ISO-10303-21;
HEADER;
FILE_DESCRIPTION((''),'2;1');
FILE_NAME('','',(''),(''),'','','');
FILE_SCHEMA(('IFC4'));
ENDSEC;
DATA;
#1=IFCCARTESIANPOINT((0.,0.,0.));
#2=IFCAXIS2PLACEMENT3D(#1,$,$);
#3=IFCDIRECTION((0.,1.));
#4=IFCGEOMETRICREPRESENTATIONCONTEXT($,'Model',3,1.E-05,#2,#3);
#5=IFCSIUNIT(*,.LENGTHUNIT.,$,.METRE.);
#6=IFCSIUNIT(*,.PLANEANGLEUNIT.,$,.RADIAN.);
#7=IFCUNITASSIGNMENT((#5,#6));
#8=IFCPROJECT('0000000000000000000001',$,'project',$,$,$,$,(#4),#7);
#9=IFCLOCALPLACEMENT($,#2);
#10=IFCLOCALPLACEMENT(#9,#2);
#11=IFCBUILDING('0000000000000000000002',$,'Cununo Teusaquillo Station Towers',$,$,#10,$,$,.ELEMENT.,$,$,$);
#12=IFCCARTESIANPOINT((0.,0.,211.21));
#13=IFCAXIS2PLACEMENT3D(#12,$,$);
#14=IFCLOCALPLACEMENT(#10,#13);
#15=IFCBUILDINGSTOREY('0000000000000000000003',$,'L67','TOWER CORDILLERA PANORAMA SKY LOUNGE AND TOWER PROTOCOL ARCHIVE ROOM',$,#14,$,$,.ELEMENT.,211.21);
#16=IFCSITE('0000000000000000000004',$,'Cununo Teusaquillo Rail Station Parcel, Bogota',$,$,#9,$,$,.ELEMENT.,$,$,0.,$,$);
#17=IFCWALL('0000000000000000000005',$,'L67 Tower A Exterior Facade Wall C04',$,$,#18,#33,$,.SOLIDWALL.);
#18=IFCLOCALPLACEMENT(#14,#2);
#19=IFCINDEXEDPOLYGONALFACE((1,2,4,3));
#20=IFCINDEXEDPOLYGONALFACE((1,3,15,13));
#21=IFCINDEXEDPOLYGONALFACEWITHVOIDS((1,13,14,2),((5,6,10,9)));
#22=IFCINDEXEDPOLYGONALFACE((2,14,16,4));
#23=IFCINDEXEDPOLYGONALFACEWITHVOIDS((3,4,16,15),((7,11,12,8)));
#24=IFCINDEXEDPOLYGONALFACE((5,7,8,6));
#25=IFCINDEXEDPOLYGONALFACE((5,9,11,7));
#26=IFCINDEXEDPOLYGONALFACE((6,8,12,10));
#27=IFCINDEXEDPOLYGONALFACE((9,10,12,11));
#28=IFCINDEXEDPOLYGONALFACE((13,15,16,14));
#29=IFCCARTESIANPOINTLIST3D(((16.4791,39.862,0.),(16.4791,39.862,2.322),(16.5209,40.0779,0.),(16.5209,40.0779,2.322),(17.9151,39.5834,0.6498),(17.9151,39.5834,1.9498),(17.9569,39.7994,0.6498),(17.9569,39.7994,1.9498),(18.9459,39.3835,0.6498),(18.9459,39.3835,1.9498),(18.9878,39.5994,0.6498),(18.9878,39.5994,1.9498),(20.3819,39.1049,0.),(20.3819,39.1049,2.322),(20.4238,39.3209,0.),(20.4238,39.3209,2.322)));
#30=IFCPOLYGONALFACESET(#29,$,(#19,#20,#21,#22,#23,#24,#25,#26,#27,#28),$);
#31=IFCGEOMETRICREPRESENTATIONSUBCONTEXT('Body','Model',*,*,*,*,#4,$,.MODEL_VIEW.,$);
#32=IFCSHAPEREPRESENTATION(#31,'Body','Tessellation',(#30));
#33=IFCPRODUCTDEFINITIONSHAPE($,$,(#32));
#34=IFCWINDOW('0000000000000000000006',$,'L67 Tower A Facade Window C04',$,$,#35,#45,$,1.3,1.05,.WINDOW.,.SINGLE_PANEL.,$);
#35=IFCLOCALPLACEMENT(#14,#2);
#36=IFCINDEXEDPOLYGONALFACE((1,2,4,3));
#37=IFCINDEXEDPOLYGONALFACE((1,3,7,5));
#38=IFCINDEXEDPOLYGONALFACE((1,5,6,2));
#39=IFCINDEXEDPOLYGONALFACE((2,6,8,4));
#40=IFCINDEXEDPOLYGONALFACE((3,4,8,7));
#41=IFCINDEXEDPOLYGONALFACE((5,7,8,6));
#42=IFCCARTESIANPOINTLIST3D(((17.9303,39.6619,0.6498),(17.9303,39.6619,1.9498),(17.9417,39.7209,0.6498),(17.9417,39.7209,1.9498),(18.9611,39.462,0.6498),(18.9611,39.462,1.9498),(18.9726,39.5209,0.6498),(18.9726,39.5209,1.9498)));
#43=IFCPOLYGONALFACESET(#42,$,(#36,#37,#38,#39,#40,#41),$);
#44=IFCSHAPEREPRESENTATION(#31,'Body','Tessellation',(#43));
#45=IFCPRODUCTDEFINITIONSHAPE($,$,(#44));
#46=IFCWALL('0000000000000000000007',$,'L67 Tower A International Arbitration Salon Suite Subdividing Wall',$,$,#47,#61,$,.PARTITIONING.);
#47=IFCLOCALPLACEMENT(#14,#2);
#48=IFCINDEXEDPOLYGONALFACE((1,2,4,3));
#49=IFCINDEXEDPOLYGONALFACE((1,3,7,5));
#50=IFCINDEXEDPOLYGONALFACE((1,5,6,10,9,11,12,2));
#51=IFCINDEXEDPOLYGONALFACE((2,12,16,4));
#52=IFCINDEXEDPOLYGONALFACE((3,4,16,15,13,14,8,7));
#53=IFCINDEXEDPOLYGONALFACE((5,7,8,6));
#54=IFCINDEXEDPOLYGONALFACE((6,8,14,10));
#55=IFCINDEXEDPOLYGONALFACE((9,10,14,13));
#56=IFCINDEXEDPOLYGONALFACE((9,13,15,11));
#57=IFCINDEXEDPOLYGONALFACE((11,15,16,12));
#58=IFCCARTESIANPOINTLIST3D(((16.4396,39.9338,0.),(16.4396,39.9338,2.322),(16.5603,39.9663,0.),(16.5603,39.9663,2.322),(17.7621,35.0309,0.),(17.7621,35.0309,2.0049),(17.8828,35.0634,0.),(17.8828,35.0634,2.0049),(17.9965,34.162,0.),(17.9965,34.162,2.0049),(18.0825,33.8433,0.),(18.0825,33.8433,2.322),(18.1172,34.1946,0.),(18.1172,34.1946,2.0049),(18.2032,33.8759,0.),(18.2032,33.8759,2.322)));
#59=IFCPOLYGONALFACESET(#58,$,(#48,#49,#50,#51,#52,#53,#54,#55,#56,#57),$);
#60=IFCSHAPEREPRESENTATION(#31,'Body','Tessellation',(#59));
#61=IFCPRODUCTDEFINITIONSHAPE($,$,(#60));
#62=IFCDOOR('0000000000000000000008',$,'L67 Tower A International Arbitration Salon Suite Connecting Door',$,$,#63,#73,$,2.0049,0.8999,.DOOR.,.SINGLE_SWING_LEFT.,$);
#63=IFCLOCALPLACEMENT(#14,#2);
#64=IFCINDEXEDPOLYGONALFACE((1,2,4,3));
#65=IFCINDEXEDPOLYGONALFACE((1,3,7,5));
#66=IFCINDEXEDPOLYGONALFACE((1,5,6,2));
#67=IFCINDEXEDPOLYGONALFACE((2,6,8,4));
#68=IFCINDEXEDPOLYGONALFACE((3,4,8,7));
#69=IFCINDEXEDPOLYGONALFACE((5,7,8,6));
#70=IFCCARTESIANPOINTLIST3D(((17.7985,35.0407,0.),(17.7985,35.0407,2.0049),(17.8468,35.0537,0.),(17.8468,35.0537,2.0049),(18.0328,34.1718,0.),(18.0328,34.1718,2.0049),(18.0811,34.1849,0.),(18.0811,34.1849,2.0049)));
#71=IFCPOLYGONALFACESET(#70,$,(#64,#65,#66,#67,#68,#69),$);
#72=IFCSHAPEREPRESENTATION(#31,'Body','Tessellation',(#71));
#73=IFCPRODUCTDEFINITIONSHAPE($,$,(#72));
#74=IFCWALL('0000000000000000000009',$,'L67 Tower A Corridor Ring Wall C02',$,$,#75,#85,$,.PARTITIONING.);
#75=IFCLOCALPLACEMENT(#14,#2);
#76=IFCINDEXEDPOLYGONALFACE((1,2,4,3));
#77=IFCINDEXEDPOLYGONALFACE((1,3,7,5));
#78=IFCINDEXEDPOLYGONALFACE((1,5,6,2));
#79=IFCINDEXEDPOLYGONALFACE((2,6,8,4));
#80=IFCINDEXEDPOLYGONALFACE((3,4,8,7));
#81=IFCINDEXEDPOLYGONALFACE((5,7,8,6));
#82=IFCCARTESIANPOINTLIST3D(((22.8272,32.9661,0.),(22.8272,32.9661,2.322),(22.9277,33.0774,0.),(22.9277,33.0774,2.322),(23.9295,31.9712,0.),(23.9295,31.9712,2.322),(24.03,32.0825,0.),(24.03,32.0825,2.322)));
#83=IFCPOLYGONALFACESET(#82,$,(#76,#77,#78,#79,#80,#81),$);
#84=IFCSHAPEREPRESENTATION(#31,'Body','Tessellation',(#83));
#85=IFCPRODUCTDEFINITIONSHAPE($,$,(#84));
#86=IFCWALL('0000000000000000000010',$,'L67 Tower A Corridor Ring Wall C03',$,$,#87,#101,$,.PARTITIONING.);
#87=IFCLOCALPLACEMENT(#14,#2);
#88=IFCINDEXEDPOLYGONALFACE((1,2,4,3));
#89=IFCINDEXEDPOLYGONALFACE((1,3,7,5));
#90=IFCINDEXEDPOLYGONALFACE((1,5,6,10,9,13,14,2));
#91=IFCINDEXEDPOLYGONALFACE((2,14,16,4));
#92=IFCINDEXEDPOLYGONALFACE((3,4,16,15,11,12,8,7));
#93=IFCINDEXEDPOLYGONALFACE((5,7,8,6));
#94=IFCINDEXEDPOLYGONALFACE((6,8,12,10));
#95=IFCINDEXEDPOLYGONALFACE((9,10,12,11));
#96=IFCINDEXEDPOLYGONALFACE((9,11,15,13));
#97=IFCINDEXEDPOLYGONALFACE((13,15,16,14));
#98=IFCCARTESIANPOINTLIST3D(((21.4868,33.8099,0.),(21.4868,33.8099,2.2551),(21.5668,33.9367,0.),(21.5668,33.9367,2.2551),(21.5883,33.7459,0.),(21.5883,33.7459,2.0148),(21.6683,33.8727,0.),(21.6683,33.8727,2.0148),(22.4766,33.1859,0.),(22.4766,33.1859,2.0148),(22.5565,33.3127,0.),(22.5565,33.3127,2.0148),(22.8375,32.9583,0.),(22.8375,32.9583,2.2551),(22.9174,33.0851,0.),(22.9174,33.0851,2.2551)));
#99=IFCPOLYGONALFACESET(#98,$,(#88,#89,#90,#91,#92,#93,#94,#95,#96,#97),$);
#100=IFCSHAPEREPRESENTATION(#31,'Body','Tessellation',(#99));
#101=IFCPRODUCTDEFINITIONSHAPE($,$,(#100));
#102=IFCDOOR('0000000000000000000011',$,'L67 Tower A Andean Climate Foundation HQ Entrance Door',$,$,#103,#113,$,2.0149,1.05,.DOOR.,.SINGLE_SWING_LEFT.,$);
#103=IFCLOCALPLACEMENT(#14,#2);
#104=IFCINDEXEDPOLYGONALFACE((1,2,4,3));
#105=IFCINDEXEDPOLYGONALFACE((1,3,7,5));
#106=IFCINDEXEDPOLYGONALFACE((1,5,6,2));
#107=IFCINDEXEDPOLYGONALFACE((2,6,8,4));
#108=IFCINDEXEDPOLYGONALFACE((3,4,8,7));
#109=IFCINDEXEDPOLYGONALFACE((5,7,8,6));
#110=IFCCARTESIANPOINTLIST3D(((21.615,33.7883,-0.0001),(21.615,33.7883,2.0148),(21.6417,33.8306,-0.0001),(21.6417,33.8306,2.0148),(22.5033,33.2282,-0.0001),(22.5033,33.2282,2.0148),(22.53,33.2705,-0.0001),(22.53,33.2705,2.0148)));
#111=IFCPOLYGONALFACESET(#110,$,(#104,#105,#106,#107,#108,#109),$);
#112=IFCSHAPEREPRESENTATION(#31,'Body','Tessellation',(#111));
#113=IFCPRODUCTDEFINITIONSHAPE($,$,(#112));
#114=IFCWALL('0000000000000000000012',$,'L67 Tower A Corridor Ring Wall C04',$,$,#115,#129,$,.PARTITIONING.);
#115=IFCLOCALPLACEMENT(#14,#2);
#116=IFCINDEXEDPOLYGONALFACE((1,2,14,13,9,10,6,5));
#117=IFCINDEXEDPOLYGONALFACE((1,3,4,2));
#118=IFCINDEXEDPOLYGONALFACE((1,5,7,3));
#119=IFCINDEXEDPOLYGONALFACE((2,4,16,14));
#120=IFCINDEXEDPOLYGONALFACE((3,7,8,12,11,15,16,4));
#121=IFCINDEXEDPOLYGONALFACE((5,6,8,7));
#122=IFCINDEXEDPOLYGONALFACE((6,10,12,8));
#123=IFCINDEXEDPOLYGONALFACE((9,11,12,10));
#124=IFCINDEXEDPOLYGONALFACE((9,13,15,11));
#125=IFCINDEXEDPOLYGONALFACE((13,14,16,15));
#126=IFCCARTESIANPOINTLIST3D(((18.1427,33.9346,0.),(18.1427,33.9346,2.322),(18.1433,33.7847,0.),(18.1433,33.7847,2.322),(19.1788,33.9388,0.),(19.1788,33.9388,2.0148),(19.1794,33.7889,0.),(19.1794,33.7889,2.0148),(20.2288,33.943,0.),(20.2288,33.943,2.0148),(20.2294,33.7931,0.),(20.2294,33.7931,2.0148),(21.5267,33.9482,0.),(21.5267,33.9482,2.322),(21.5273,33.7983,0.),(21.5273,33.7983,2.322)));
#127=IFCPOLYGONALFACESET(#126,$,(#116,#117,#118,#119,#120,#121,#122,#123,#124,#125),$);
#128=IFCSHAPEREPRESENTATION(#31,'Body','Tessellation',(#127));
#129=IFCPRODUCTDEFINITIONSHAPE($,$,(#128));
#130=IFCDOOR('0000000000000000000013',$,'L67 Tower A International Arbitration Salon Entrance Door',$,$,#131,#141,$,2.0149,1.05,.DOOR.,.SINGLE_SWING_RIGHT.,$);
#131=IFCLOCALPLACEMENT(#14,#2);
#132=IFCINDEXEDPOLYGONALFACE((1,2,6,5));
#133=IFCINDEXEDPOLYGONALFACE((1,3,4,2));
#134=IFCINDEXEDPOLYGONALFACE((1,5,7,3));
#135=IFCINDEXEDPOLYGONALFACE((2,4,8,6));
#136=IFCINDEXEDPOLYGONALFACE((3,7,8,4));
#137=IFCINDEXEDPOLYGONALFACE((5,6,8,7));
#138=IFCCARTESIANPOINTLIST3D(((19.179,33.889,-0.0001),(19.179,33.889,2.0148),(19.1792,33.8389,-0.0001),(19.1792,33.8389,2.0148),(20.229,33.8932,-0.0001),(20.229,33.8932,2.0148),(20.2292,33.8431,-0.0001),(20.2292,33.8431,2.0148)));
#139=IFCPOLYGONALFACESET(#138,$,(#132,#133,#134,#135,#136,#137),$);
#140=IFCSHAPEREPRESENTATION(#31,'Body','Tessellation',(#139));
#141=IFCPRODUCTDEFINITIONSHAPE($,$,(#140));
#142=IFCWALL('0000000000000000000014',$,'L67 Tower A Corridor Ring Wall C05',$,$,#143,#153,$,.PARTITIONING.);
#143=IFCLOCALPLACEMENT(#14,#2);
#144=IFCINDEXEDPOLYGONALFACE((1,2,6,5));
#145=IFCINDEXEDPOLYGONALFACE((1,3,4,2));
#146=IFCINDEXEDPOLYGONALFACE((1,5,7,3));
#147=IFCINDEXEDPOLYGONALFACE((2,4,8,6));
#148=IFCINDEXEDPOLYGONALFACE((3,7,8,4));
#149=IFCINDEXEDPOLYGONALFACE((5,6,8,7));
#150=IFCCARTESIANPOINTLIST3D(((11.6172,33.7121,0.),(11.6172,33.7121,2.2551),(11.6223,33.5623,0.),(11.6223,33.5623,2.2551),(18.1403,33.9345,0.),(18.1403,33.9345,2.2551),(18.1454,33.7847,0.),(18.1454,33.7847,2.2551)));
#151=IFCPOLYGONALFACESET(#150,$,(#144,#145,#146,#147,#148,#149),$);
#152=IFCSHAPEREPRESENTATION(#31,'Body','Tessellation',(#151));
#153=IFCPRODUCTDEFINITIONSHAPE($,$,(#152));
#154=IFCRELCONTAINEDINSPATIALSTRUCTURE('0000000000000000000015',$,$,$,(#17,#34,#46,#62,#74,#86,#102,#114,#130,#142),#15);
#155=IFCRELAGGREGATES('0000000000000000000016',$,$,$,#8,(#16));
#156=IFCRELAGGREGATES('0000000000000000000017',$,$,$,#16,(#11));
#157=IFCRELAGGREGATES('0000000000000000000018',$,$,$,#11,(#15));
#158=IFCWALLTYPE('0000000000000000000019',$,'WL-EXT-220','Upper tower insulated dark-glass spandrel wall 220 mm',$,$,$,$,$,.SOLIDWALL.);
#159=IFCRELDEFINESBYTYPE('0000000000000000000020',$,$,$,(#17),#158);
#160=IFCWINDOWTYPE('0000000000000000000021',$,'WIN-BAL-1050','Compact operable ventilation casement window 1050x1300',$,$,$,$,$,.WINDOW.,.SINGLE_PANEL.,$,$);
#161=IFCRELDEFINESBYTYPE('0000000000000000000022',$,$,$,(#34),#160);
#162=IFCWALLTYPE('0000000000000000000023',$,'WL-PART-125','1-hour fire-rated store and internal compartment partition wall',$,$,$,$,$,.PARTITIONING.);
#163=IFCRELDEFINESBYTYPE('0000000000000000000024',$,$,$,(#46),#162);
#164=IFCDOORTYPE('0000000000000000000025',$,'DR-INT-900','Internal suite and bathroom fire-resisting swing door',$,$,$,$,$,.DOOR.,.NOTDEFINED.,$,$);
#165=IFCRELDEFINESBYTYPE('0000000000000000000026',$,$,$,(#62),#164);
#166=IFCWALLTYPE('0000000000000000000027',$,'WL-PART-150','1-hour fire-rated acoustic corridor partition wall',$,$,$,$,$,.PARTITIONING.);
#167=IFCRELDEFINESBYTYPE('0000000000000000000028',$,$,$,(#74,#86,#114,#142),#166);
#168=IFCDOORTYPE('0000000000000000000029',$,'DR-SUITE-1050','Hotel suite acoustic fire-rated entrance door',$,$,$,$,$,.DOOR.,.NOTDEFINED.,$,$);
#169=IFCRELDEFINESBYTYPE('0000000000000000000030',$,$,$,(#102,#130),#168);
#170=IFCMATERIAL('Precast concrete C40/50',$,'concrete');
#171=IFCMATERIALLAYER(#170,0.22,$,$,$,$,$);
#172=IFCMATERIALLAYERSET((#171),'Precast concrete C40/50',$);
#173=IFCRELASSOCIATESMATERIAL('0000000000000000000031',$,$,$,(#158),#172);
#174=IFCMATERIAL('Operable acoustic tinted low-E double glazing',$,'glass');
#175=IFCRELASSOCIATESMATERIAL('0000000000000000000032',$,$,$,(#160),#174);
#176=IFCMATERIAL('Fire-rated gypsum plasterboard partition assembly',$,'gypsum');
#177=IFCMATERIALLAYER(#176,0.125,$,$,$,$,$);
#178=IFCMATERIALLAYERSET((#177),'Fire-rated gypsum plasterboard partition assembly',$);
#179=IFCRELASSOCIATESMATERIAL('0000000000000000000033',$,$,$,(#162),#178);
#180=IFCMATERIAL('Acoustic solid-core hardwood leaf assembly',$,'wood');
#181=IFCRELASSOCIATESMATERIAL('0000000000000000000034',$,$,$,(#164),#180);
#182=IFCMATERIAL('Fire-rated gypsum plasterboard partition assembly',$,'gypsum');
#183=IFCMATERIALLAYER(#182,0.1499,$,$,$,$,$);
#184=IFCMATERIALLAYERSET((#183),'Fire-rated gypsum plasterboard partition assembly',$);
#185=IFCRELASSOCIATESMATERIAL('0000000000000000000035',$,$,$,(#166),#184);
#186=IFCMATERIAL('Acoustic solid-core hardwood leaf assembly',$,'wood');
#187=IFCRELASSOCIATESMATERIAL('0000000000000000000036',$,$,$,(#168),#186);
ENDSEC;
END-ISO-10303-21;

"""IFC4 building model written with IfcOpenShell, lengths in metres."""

from ifc_helpers import new_model, si_unit, direction, frame, frame_2d, origin, place, context, subcontext, project, spatial, rectangle, extrude, source, transform, mapped, material, layer, layer_set, type_object, element, fill, save


model = new_model("IFC4")

# Units and contexts
model_context = context("Model", 3, precision=1e-05, world=origin(), true_north=direction((0.0, 1.0)))
body_context = subcontext(model_context, "Body", "Model", "MODEL_VIEW")
ifc_project = project(units=[si_unit("LENGTHUNIT", "METRE"), si_unit("PLANEANGLEUNIT", "RADIAN")], contexts=[model_context])

# Site, building, storey
site_placement = place(None, origin())
site = spatial("IfcSite", under=ifc_project, at=site_placement, Name="Cununo Teusaquillo Rail Station Parcel, Bogota", CompositionType="ELEMENT", RefElevation=0.0)
building_placement = place(site_placement, origin())
building = spatial("IfcBuilding", under=site, at=building_placement, Name="Cununo Teusaquillo Station Towers", CompositionType="ELEMENT")
storey_placement = place(building_placement, frame((0.0, 0.0, 211.21)))
storey = spatial("IfcBuildingStorey", under=building, at=storey_placement, Name="L67", Description="TOWER CORDILLERA PANORAMA SKY LOUNGE AND TOWER PROTOCOL ARCHIVE ROOM", CompositionType="ELEMENT", Elevation=211.21)

# Shared definitions
ifc_material_1 = material(Name="Precast concrete C40/50", Category="concrete")
ifc_layer_1 = layer(ifc_material_1, 0.22)
ifc_layer_set_1 = layer_set([ifc_layer_1], Name="Precast concrete C40/50")
wall_type_1 = type_object("IfcWallType", Name="WL-EXT-220", Description="Upper tower insulated dark-glass spandrel wall 220 mm", PredefinedType="SOLIDWALL", material=ifc_layer_set_1)

# Shared definitions
shared_shape_1 = source(origin(), body_context, "Body", "SweptSolid", [
    extrude(rectangle(XDim=1.05, YDim=1.3, at=frame_2d((0.5249, 0.6499))), frame((0.0, 0.1199, 0.0), z_axis=(0.0, -1.0, 0.0), x_axis=(1.0, 0.0, 0.0)), (0.0, 0.0, 1.0), 0.24),
])
ifc_material_2 = material(Name="Operable acoustic tinted low-E double glazing", Category="glass")
window_type = type_object("IfcWindowType", Name="WIN-BAL-1050", Description="Compact operable ventilation casement window 1050x1300", PartitioningType="SINGLE_PANEL", PredefinedType="WINDOW", material=ifc_material_2)
shared_shape_2 = source(origin(), body_context, "Body", "SweptSolid", [
    extrude(rectangle(XDim=1.05, YDim=1.3, at=frame_2d((0.5249, 0.6499))), frame((0.0, 0.03, 0.0), z_axis=(0.0, -1.0, 0.0), x_axis=(1.0, 0.0, 0.0)), (0.0, 0.0, 1.0), 0.0601),
])

# Wall, opening, window
wall_1_placement = place(storey_placement, frame((16.5, 39.97, 0.0), z_axis=(0.0, 0.0, 1.0), x_axis=(0.9817, -0.190432, 0.0)))
wall_1 = element("IfcWall", 1, at=wall_1_placement, inside=storey, type_object=wall_type_1, Name="L67 Tower A Exterior Facade Wall C04", PredefinedType="SOLIDWALL", context=body_context, shape_type="SweptSolid", body=[
    extrude(rectangle(XDim=3.9756, YDim=0.22, at=frame_2d((1.9878, 0.0))), origin(), (0.0, 0.0, 1.0), 2.322),
])
opening_1_placement = place(wall_1_placement, frame((1.4629, 0.0, 0.6499)))
opening_1 = element("IfcOpeningElement", 2, at=opening_1_placement, cuts=wall_1, PredefinedType="OPENING", context=body_context, shape_type="MappedRepresentation", body=[
    mapped(shared_shape_1, transform((0.0, 0.0, 0.0), x_axis=(1.0, 0.0, 0.0), y_axis=(0.0, 1.0, 0.0), z_axis=(0.0, 0.0, 1.0), scale=1.0)),
])
window_1_placement = place(opening_1_placement, origin())
window_1 = element("IfcWindow", 3, at=window_1_placement, inside=storey, type_object=window_type, Name="L67 Tower A Facade Window C04", OverallHeight=1.3, OverallWidth=1.05, PartitioningType="SINGLE_PANEL", PredefinedType="WINDOW", context=body_context, shape_type="MappedRepresentation", body=[
    mapped(shared_shape_2, transform((0.0, 0.0, 0.0), x_axis=(1.0, 0.0, 0.0), y_axis=(0.0, 1.0, 0.0), z_axis=(0.0, 0.0, 1.0), scale=1.0)),
])
fill(opening_1, window_1)

# Wall, opening, door
ifc_material_3 = material(Name="Fire-rated gypsum plasterboard partition assembly", Category="gypsum")
ifc_layer_2 = layer(ifc_material_3, 0.125)
ifc_layer_set_2 = layer_set([ifc_layer_2], Name="Fire-rated gypsum plasterboard partition assembly")
wall_type_2 = type_object("IfcWallType", Name="WL-PART-125", Description="1-hour fire-rated store and internal compartment partition wall", PredefinedType="PARTITIONING", material=ifc_layer_set_2)
wall_2_placement = place(storey_placement, frame((18.1428, 33.8596, 0.0), z_axis=(0.0, 0.0, 1.0), x_axis=(-0.260434, 0.965492, 0.0)))
wall_2 = element("IfcWall", 4, at=wall_2_placement, inside=storey, type_object=wall_type_2, Name="L67 Tower A International Arbitration Salon Suite Subdividing Wall", PredefinedType="PARTITIONING", context=body_context, shape_type="SweptSolid", body=[
    extrude(rectangle(XDim=6.3081, YDim=0.125, at=frame_2d((3.1541, 0.0))), origin(), (0.0, 0.0, 1.0), 2.322),
])
shared_shape_3 = source(origin(), body_context, "Body", "SweptSolid", [
    extrude(rectangle(XDim=0.8999, YDim=2.0049, at=frame_2d((0.45, 1.0024))), frame((0.0, 0.0725, 0.0), z_axis=(0.0, -1.0, 0.0), x_axis=(1.0, 0.0, 0.0)), (0.0, 0.0, 1.0), 0.145),
])
opening_2_placement = place(wall_2_placement, frame((0.3301, 0.0, 0.0)))
opening_2 = element("IfcOpeningElement", 5, at=opening_2_placement, cuts=wall_2, PredefinedType="OPENING", context=body_context, shape_type="MappedRepresentation", body=[
    mapped(shared_shape_3, transform((0.0, 0.0, 0.0), x_axis=(1.0, 0.0, 0.0), y_axis=(0.0, 1.0, 0.0), z_axis=(0.0, 0.0, 1.0), scale=1.0)),
])
ifc_material_4 = material(Name="Acoustic solid-core hardwood leaf assembly", Category="wood")
door_type_1 = type_object("IfcDoorType", Name="DR-INT-900", Description="Internal suite and bathroom fire-resisting swing door", OperationType="NOTDEFINED", PredefinedType="DOOR", material=ifc_material_4)
shared_shape_4 = source(origin(), body_context, "Body", "SweptSolid", [
    extrude(rectangle(XDim=0.8999, YDim=2.0049, at=frame_2d((0.45, 1.0024))), frame((0.0, 0.0249, 0.0), z_axis=(0.0, -1.0, 0.0), x_axis=(1.0, 0.0, 0.0)), (0.0, 0.0, 1.0), 0.05),
])
door_1_placement = place(opening_2_placement, origin())
door_1 = element("IfcDoor", 6, at=door_1_placement, inside=storey, type_object=door_type_1, Name="L67 Tower A International Arbitration Salon Suite Connecting Door", OperationType="SINGLE_SWING_LEFT", OverallHeight=2.0049, OverallWidth=0.8999, PredefinedType="DOOR", context=body_context, shape_type="MappedRepresentation", body=[
    mapped(shared_shape_4, transform((0.0, 0.0, 0.0), x_axis=(1.0, 0.0, 0.0), y_axis=(0.0, 1.0, 0.0), z_axis=(0.0, 0.0, 1.0), scale=1.0)),
])
fill(opening_2, door_1)

# Wall
ifc_material_5 = material(Name="Fire-rated gypsum plasterboard partition assembly", Category="gypsum")
ifc_layer_3 = layer(ifc_material_5, 0.1499)
ifc_layer_set_3 = layer_set([ifc_layer_3], Name="Fire-rated gypsum plasterboard partition assembly")
wall_type_3 = type_object("IfcWallType", Name="WL-PART-150", Description="1-hour fire-rated acoustic corridor partition wall", PredefinedType="PARTITIONING", material=ifc_layer_set_3)
wall_3_placement = place(storey_placement, frame((23.9797, 32.0269, 0.0), z_axis=(0.0, 0.0, 1.0), x_axis=(-0.742353, 0.670009, 0.0)))
element("IfcWall", 7, at=wall_3_placement, inside=storey, type_object=wall_type_3, Name="L67 Tower A Corridor Ring Wall C02", PredefinedType="PARTITIONING", context=body_context, shape_type="SweptSolid", body=[
    extrude(rectangle(XDim=1.4849, YDim=0.1499, at=frame_2d((0.7424, 0.0))), origin(), (0.0, 0.0, 1.0), 2.322),
])

# Walls, openings, doors
wall_4_placement = place(storey_placement, frame((22.8774, 33.0217, 0.0), z_axis=(0.0, 0.0, 1.0), x_axis=(-0.845896, 0.533348, 0.0)))
wall_4 = element("IfcWall", 8, at=wall_4_placement, inside=storey, type_object=wall_type_3, Name="L67 Tower A Corridor Ring Wall C03", PredefinedType="PARTITIONING", context=body_context, shape_type="SweptSolid", body=[
    extrude(rectangle(XDim=1.5967, YDim=0.1499, at=frame_2d((0.7983, 0.0))), origin(), (0.0, 0.0, 1.0), 2.2551),
])
shared_shape_5 = source(origin(), body_context, "Body", "SweptSolid", [
    extrude(rectangle(XDim=1.05, YDim=2.0149, at=frame_2d((0.5249, 1.0073))), frame((0.0, 0.085, 0.0), z_axis=(0.0, -1.0, 0.0), x_axis=(1.0, 0.0, 0.0)), (0.0, 0.0, 1.0), 0.1699),
])
opening_3_placement = place(wall_4_placement, frame((0.4268, 0.0, 0.0)))
opening_3 = element("IfcOpeningElement", 9, at=opening_3_placement, cuts=wall_4, PredefinedType="OPENING", context=body_context, shape_type="MappedRepresentation", body=[
    mapped(shared_shape_5, transform((0.0, 0.0, 0.0), x_axis=(1.0, 0.0, 0.0), y_axis=(0.0, 1.0, 0.0), z_axis=(0.0, 0.0, 1.0), scale=1.0)),
])
ifc_material_6 = material(Name="Acoustic solid-core hardwood leaf assembly", Category="wood")
door_type_2 = type_object("IfcDoorType", Name="DR-SUITE-1050", Description="Hotel suite acoustic fire-rated entrance door", OperationType="NOTDEFINED", PredefinedType="DOOR", material=ifc_material_6)
shared_shape_6 = source(origin(), body_context, "Body", "SweptSolid", [
    extrude(rectangle(XDim=1.05, YDim=2.0149, at=frame_2d((0.5249, 1.0073))), frame((0.0, 0.0249, 0.0), z_axis=(0.0, -1.0, 0.0), x_axis=(1.0, 0.0, 0.0)), (0.0, 0.0, 1.0), 0.05),
])
door_2_placement = place(opening_3_placement, origin())
door_2 = element("IfcDoor", 10, at=door_2_placement, inside=storey, type_object=door_type_2, Name="L67 Tower A Andean Climate Foundation HQ Entrance Door", OperationType="SINGLE_SWING_LEFT", OverallHeight=2.0149, OverallWidth=1.05, PredefinedType="DOOR", context=body_context, shape_type="MappedRepresentation", body=[
    mapped(shared_shape_6, transform((0.0, 0.0, 0.0), x_axis=(1.0, 0.0, 0.0), y_axis=(0.0, 1.0, 0.0), z_axis=(0.0, 0.0, 1.0), scale=1.0)),
])
fill(opening_3, door_2)
wall_5_placement = place(storey_placement, frame((21.5269, 33.8733, 0.0), z_axis=(0.0, 0.0, 1.0), x_axis=(-0.999992, -0.00404, 0.0)))
wall_5 = element("IfcWall", 11, at=wall_5_placement, inside=storey, type_object=wall_type_3, Name="L67 Tower A Corridor Ring Wall C04", PredefinedType="PARTITIONING", context=body_context, shape_type="SweptSolid", body=[
    extrude(rectangle(XDim=3.384, YDim=0.1499, at=frame_2d((1.6919, 0.0))), origin(), (0.0, 0.0, 1.0), 2.322),
])
opening_4_placement = place(wall_5_placement, frame((1.2979, 0.0, 0.0)))
opening_4 = element("IfcOpeningElement", 12, at=opening_4_placement, cuts=wall_5, PredefinedType="OPENING", context=body_context, shape_type="MappedRepresentation", body=[
    mapped(shared_shape_5, transform((0.0, 0.0, 0.0), x_axis=(1.0, 0.0, 0.0), y_axis=(0.0, 1.0, 0.0), z_axis=(0.0, 0.0, 1.0), scale=1.0)),
])
door_3_placement = place(opening_4_placement, origin())
door_3 = element("IfcDoor", 13, at=door_3_placement, inside=storey, type_object=door_type_2, Name="L67 Tower A International Arbitration Salon Entrance Door", OperationType="SINGLE_SWING_RIGHT", OverallHeight=2.0149, OverallWidth=1.05, PredefinedType="DOOR", context=body_context, shape_type="MappedRepresentation", body=[
    mapped(shared_shape_6, transform((0.0, 0.0, 0.0), x_axis=(1.0, 0.0, 0.0), y_axis=(0.0, 1.0, 0.0), z_axis=(0.0, 0.0, 1.0), scale=1.0)),
])
fill(opening_4, door_3)

# Wall
wall_6_placement = place(storey_placement, frame((18.1428, 33.8596, 0.0), z_axis=(0.0, 0.0, 1.0), x_axis=(-0.999419, -0.034077, 0.0)))
element("IfcWall", 14, at=wall_6_placement, inside=storey, type_object=wall_type_3, Name="L67 Tower A Corridor Ring Wall C05", PredefinedType="PARTITIONING", context=body_context, shape_type="SweptSolid", body=[
    extrude(rectangle(XDim=6.5269, YDim=0.1499, at=frame_2d((3.2634, 0.0))), origin(), (0.0, 0.0, 1.0), 2.2551),
])

save(model, "model.ifc")
